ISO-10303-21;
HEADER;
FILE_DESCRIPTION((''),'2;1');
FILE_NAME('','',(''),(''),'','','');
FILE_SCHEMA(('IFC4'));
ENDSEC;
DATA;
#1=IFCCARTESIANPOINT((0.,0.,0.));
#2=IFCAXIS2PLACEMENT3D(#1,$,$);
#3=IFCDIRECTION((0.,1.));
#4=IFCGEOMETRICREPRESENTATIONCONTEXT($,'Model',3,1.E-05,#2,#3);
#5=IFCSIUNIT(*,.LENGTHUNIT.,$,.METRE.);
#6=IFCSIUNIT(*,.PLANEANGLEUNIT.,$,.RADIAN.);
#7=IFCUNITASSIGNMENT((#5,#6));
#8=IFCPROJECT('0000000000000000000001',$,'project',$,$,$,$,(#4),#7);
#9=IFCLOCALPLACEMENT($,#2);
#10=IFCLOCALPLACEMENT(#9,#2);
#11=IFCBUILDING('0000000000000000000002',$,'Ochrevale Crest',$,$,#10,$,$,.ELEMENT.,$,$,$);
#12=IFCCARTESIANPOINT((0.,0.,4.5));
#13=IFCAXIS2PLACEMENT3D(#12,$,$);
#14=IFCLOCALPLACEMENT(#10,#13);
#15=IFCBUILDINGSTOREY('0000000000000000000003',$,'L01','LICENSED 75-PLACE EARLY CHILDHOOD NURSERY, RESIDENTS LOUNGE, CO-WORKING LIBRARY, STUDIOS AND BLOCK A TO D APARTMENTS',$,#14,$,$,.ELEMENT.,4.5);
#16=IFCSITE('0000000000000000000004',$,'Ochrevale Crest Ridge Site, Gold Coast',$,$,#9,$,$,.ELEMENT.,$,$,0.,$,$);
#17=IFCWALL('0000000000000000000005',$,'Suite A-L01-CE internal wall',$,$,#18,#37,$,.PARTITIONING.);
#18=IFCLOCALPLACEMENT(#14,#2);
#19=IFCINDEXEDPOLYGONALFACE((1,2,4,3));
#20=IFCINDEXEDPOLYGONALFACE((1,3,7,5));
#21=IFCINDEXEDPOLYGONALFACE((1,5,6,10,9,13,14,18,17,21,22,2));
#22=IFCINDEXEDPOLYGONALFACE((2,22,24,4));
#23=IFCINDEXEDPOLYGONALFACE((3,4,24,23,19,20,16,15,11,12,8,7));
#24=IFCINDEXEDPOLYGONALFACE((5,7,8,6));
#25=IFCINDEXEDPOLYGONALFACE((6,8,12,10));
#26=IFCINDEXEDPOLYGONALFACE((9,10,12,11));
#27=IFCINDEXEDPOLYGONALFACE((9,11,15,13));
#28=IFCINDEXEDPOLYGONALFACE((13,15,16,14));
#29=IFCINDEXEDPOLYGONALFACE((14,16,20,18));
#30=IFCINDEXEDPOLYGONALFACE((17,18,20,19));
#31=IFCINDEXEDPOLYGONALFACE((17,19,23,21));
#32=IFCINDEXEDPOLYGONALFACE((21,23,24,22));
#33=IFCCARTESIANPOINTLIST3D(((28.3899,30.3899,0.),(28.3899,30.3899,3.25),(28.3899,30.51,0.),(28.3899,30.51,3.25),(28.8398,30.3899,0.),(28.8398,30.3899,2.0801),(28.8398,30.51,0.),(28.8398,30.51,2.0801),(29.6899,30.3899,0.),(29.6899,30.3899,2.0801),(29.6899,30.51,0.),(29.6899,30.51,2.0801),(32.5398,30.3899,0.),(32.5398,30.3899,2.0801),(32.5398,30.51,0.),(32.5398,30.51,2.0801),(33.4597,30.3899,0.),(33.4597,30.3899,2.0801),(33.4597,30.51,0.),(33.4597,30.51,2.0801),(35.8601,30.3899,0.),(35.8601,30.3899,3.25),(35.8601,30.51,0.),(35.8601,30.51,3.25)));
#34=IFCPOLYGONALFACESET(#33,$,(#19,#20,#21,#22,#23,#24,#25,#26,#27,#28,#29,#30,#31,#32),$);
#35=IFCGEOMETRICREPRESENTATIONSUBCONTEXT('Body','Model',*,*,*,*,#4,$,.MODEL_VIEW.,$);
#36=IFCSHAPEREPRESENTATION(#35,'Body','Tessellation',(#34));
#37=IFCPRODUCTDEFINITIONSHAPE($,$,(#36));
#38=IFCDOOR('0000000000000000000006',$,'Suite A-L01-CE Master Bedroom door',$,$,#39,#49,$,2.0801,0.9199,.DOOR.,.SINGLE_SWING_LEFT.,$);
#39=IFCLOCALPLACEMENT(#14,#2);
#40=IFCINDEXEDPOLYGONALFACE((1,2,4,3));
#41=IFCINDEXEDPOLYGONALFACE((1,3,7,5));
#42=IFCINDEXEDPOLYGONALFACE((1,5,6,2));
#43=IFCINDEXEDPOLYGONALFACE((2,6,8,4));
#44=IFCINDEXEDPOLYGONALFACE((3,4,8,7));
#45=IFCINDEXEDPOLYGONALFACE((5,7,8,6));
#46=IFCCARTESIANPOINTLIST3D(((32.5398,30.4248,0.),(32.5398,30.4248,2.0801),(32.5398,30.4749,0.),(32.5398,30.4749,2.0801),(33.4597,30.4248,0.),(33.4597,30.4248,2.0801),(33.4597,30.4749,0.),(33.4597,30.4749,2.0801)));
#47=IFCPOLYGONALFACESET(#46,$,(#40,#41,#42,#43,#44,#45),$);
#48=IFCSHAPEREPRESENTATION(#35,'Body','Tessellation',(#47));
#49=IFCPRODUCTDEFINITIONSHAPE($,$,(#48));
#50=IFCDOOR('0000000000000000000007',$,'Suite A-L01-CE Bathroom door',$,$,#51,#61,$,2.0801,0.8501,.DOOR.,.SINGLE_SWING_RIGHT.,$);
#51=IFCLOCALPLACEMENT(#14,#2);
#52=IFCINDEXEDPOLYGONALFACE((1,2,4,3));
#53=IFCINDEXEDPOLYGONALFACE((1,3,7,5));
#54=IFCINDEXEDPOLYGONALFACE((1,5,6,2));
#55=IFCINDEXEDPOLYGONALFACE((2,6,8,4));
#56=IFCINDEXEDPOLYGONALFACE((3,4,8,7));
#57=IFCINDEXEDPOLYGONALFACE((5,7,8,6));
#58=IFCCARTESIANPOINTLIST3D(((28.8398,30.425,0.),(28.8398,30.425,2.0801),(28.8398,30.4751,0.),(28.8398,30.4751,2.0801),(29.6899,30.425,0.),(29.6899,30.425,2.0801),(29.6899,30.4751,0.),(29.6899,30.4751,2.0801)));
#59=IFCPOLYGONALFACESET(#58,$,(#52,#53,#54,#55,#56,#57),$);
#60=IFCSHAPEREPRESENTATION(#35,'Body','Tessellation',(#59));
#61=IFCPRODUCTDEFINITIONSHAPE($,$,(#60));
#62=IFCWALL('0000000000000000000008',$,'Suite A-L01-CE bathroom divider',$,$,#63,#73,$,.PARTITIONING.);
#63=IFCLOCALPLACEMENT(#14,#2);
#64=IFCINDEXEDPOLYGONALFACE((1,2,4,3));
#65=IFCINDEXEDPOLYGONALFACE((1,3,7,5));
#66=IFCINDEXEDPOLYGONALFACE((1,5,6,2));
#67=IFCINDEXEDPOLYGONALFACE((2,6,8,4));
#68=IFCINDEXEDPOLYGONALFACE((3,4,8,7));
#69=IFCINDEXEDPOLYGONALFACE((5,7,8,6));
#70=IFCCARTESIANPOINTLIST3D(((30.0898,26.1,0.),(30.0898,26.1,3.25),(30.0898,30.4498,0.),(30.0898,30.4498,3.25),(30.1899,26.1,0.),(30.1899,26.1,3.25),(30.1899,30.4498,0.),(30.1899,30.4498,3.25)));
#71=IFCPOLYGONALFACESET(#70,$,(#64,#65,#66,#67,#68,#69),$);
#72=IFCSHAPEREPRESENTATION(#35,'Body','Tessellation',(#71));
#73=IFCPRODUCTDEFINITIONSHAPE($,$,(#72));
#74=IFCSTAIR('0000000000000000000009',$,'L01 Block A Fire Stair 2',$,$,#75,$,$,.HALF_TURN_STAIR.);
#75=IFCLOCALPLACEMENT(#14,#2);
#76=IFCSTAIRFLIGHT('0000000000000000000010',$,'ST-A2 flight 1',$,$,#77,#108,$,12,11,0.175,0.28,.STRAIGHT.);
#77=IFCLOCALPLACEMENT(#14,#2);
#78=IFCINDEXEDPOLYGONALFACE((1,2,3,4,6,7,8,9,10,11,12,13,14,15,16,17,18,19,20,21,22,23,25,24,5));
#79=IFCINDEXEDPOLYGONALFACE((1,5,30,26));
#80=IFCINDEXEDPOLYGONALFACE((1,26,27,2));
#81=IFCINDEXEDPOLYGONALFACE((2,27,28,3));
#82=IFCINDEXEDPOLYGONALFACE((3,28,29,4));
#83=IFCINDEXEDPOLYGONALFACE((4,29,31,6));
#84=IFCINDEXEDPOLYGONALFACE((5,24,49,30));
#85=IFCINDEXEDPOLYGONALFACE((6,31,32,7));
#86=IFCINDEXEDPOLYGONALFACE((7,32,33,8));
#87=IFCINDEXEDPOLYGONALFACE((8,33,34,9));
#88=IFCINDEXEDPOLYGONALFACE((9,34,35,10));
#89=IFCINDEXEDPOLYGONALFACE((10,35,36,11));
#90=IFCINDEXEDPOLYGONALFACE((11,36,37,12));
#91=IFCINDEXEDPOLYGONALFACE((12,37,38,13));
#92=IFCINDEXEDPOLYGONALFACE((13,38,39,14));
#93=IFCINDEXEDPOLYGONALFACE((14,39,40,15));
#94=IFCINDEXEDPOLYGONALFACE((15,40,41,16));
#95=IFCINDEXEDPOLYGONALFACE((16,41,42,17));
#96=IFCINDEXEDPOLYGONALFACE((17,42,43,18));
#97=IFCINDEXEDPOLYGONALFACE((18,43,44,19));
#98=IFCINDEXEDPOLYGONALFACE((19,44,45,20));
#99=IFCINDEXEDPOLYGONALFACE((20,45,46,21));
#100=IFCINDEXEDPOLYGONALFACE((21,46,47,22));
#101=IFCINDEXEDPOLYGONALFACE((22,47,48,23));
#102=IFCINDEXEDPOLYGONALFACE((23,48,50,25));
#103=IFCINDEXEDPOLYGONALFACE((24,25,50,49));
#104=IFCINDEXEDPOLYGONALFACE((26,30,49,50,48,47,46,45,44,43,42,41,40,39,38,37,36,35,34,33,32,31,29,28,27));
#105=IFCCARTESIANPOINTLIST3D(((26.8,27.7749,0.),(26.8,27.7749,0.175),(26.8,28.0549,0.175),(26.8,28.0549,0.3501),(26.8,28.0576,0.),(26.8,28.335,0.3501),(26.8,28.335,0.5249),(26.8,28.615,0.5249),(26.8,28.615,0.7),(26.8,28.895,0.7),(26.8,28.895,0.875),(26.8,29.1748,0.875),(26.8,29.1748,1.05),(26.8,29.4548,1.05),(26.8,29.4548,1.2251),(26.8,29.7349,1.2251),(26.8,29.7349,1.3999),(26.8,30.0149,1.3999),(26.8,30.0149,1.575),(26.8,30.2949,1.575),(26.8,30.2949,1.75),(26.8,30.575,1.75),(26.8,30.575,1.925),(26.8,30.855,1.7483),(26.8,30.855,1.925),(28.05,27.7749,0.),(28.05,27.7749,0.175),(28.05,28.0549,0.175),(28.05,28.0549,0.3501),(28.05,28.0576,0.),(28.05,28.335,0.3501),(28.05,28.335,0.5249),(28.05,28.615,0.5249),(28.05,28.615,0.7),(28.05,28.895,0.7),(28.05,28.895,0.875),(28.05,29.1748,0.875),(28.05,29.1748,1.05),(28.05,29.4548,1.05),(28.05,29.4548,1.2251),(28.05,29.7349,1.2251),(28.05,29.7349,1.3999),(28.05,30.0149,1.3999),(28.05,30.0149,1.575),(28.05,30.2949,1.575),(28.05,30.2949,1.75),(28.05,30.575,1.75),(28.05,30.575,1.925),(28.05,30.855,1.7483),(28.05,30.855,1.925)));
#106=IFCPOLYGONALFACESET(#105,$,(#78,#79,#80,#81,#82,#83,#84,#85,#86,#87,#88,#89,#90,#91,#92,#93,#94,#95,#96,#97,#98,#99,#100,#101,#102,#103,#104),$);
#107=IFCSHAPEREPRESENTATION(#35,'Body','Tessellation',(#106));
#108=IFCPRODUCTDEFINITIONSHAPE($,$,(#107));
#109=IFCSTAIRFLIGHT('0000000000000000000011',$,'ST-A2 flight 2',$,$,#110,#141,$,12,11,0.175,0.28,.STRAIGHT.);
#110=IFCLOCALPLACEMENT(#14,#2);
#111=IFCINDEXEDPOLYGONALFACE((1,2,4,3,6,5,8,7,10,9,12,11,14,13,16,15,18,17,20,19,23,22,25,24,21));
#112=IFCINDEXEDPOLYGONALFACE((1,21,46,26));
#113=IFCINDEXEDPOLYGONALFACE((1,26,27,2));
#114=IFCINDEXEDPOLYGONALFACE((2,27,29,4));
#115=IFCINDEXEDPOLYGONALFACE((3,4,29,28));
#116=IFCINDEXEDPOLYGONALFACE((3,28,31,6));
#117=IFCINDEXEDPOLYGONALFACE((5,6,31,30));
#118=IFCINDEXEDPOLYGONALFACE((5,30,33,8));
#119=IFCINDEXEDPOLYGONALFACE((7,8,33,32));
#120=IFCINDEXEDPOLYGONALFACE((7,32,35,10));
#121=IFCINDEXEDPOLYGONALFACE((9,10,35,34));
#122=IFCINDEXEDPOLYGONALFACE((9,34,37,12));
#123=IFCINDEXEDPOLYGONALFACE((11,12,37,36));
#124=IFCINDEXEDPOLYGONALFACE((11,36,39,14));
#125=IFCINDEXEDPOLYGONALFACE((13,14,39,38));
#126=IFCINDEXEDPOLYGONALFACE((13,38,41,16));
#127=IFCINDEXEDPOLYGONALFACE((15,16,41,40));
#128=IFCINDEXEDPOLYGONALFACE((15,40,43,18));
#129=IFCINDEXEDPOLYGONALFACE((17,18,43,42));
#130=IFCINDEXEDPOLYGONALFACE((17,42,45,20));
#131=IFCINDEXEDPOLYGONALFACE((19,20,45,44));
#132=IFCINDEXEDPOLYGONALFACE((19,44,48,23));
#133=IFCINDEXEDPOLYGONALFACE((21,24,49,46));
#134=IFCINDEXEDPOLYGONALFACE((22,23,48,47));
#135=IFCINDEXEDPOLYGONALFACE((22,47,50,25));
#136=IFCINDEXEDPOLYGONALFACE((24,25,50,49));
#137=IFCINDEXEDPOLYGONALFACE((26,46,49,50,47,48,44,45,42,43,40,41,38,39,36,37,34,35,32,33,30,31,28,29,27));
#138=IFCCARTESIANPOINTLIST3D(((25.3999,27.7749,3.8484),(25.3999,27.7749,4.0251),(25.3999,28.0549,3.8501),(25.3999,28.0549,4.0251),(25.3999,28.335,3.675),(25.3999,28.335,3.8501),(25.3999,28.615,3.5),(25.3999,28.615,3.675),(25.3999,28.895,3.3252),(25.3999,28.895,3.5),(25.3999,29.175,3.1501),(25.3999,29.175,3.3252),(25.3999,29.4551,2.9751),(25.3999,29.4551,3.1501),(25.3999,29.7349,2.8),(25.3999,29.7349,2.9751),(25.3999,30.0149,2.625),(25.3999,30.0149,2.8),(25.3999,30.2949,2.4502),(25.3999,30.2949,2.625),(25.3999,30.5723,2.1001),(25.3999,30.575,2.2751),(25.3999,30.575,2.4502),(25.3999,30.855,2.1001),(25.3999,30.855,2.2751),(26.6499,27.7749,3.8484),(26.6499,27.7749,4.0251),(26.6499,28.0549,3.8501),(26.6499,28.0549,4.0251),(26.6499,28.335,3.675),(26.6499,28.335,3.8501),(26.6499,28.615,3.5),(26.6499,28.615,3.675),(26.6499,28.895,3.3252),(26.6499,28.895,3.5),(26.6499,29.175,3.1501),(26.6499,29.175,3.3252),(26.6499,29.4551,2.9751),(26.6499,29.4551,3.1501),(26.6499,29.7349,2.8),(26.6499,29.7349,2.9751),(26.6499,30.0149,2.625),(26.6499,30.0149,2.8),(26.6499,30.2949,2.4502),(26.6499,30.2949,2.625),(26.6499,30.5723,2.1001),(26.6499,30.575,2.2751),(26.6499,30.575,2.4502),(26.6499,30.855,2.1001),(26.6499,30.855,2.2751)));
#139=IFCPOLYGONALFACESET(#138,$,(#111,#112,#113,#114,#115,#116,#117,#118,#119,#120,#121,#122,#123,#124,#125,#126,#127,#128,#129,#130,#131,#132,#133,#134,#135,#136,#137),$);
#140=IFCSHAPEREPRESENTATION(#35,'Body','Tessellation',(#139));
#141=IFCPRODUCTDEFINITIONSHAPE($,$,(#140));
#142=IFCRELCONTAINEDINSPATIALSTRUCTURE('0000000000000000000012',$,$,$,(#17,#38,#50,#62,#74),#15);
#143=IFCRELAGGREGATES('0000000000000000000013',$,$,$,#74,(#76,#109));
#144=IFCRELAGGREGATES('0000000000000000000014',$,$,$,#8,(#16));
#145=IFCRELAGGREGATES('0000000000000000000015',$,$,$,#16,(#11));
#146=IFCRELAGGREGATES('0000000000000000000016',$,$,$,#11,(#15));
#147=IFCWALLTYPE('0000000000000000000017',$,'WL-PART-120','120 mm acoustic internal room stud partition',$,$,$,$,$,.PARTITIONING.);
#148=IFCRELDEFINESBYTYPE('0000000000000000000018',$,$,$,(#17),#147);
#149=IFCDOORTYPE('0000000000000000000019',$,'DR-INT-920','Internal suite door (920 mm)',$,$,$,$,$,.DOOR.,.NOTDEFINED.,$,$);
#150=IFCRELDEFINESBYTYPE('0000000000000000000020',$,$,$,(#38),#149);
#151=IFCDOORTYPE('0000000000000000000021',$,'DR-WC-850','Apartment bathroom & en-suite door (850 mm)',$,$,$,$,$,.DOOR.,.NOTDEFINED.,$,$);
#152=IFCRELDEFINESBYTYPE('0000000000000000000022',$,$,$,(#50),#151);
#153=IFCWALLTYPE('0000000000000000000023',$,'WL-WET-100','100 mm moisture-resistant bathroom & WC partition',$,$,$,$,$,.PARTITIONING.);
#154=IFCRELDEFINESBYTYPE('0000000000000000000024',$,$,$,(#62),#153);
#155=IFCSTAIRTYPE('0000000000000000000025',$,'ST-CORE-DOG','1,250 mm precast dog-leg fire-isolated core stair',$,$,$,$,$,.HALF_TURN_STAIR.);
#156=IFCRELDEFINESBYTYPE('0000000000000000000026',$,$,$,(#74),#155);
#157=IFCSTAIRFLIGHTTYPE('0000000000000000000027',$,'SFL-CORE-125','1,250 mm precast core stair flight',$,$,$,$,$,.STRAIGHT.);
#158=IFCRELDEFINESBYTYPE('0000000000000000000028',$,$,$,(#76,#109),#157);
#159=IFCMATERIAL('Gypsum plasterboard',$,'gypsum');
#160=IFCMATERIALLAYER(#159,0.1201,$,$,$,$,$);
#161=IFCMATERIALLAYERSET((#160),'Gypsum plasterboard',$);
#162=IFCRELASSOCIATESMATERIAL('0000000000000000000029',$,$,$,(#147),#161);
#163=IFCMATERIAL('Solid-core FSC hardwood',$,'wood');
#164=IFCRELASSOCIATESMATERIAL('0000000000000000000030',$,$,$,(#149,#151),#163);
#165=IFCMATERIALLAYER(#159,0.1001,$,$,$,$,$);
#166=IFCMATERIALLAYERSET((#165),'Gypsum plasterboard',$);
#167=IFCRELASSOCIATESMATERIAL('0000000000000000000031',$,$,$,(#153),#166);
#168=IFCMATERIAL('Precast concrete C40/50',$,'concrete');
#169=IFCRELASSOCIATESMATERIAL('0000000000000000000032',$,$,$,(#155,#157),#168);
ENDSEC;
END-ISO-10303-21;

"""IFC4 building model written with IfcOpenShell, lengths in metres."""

from ifc_helpers import new_model, si_unit, direction, frame, frame_2d, origin, place, context, subcontext, project, spatial, polyline, rectangle, outline, extrude, material, layer, layer_set, type_object, element, fill, aggregate, save


model = new_model("IFC4")

# Units and contexts
model_context = context("Model", 3, precision=1e-05, world=origin(), true_north=direction((0.0, 1.0)))
body_context = subcontext(model_context, "Body", "Model", "MODEL_VIEW")
ifc_project = project(units=[si_unit("LENGTHUNIT", "METRE"), si_unit("PLANEANGLEUNIT", "RADIAN")], contexts=[model_context])

# Site, building, storey
site_placement = place(None, origin())
site = spatial("IfcSite", under=ifc_project, at=site_placement, Name="Ochrevale Crest Ridge Site, Gold Coast", CompositionType="ELEMENT", RefElevation=0.0)
building_placement = place(site_placement, origin())
building = spatial("IfcBuilding", under=site, at=building_placement, Name="Ochrevale Crest", CompositionType="ELEMENT")
storey_placement = place(building_placement, frame((0.0, 0.0, 4.5)))
storey = spatial("IfcBuildingStorey", under=building, at=storey_placement, Name="L01", Description="LICENSED 75-PLACE EARLY CHILDHOOD NURSERY, RESIDENTS LOUNGE, CO-WORKING LIBRARY, STUDIOS AND BLOCK A TO D APARTMENTS", CompositionType="ELEMENT", Elevation=4.5)

# Shared definitions
ifc_material_1 = material(Name="Gypsum plasterboard", Category="gypsum")
ifc_material_2 = material(Name="Solid-core FSC hardwood", Category="wood")

# Wall, openings, doors
ifc_layer_1 = layer(ifc_material_1, 0.1201)
ifc_layer_set_1 = layer_set([ifc_layer_1], Name="Gypsum plasterboard")
wall_type_1 = type_object("IfcWallType", Name="WL-PART-120", Description="120 mm acoustic internal room stud partition", PredefinedType="PARTITIONING", material=ifc_layer_set_1)
wall_1_placement = place(storey_placement, frame((28.3899, 30.45, 0.0), z_axis=(0.0, 0.0, 1.0), x_axis=(1.0, 0.0, 0.0)))
wall_1 = element("IfcWall", 1, at=wall_1_placement, inside=storey, type_object=wall_type_1, Name="Suite A-L01-CE internal wall", PredefinedType="PARTITIONING", context=body_context, shape_type="SweptSolid", body=[
    extrude(rectangle(XDim=7.4702, YDim=0.1201, at=frame_2d((3.7351, 0.0))), origin(), (0.0, 0.0, 1.0), 3.25),
])
opening_1_placement = place(wall_1_placement, frame((1.3, 0.0, 0.0), z_axis=(0.0, 0.0, 1.0), x_axis=(-1.0, 0.0, 0.0)))
opening_1 = element("IfcOpeningElement", 2, at=opening_1_placement, cuts=wall_1, PredefinedType="OPENING", context=body_context, shape_type="SweptSolid", body=[
    extrude(rectangle(XDim=0.8501, YDim=2.0801, at=frame_2d((0.425, 1.04))), frame((0.0, 0.0701, 0.0), z_axis=(0.0, -1.0, 0.0), x_axis=(1.0, 0.0, 0.0)), (0.0, 0.0, 1.0), 0.1401),
])
opening_2_placement = place(wall_1_placement, frame((4.1499, 0.0, 0.0)))
opening_2 = element("IfcOpeningElement", 3, at=opening_2_placement, cuts=wall_1, PredefinedType="OPENING", context=body_context, shape_type="SweptSolid", body=[
    extrude(rectangle(XDim=0.9199, YDim=2.0801, at=frame_2d((0.46, 1.04))), frame((0.0, 0.0701, 0.0), z_axis=(0.0, -1.0, 0.0), x_axis=(1.0, 0.0, 0.0)), (0.0, 0.0, 1.0), 0.1401),
])
door_type_1 = type_object("IfcDoorType", Name="DR-INT-920", Description="Internal suite door (920 mm)", OperationType="NOTDEFINED", PredefinedType="DOOR", material=ifc_material_2)
door_1_placement = place(opening_2_placement, origin())
door_1 = element("IfcDoor", 4, at=door_1_placement, inside=storey, type_object=door_type_1, Name="Suite A-L01-CE Master Bedroom door", OperationType="SINGLE_SWING_LEFT", OverallHeight=2.0801, OverallWidth=0.9199, PredefinedType="DOOR", context=body_context, shape_type="SweptSolid", body=[
    extrude(rectangle(XDim=0.9199, YDim=2.0801, at=frame_2d((0.46, 1.04))), frame((0.0, 0.0249, 0.0), z_axis=(0.0, -1.0, 0.0), x_axis=(1.0, 0.0, 0.0)), (0.0, 0.0, 1.0), 0.05),
])
fill(opening_2, door_1)
door_type_2 = type_object("IfcDoorType", Name="DR-WC-850", Description="Apartment bathroom & en-suite door (850 mm)", OperationType="NOTDEFINED", PredefinedType="DOOR", material=ifc_material_2)
door_2_placement = place(opening_1_placement, origin())
door_2 = element("IfcDoor", 5, at=door_2_placement, inside=storey, type_object=door_type_2, Name="Suite A-L01-CE Bathroom door", OperationType="SINGLE_SWING_RIGHT", OverallHeight=2.0801, OverallWidth=0.8501, PredefinedType="DOOR", context=body_context, shape_type="SweptSolid", body=[
    extrude(rectangle(XDim=0.8501, YDim=2.0801, at=frame_2d((0.425, 1.04))), frame((0.0, 0.0249, 0.0), z_axis=(0.0, -1.0, 0.0), x_axis=(1.0, 0.0, 0.0)), (0.0, 0.0, 1.0), 0.05),
])
fill(opening_1, door_2)

# Wall
ifc_layer_2 = layer(ifc_material_1, 0.1001)
ifc_layer_set_2 = layer_set([ifc_layer_2], Name="Gypsum plasterboard")
wall_type_2 = type_object("IfcWallType", Name="WL-WET-100", Description="100 mm moisture-resistant bathroom & WC partition", PredefinedType="PARTITIONING", material=ifc_layer_set_2)
wall_2_placement = place(storey_placement, frame((30.1399, 26.1001, 0.0), z_axis=(0.0, 0.0, 1.0), x_axis=(0.0, 1.0, 0.0)))
element("IfcWall", 6, at=wall_2_placement, inside=storey, type_object=wall_type_2, Name="Suite A-L01-CE bathroom divider", PredefinedType="PARTITIONING", context=body_context, shape_type="SweptSolid", body=[
    extrude(rectangle(XDim=4.3499, YDim=0.1001, at=frame_2d((2.1748, 0.0))), origin(), (0.0, 0.0, 1.0), 3.25),
])

# Stair, stair flights
ifc_material_3 = material(Name="Precast concrete C40/50", Category="concrete")
stair_type = type_object("IfcStairType", Name="ST-CORE-DOG", Description="1,250 mm precast dog-leg fire-isolated core stair", PredefinedType="HALF_TURN_STAIR", material=ifc_material_3)
stair_placement = place(storey_placement, origin())
stair = element("IfcStair", 7, at=stair_placement, inside=storey, type_object=stair_type, Name="L01 Block A Fire Stair 2", PredefinedType="HALF_TURN_STAIR")
stair_flight_type = type_object("IfcStairFlightType", Name="SFL-CORE-125", Description="1,250 mm precast core stair flight", PredefinedType="STRAIGHT", material=ifc_material_3)
stair_flight_1_placement = place(storey_placement, frame((27.425, 27.7749, 0.0), z_axis=(0.0, 0.0, 1.0), x_axis=(0.0, 1.0, 0.0)))
stair_flight_1 = element("IfcStairFlight", 8, at=stair_flight_1_placement, type_object=stair_flight_type, Name="ST-A2 flight 1", NumberOfRisers=12, NumberOfTreads=11, PredefinedType="STRAIGHT", RiserHeight=0.175, TreadLength=0.28, context=body_context, shape_type="SweptSolid", body=[
    extrude(outline(polyline([(0.0, 0.0), (0.0, 0.175), (0.28, 0.175), (0.28, 0.3501), (0.5601, 0.3501), (0.5601, 0.5249), (0.8401, 0.5249), (0.8401, 0.7), (1.1201, 0.7), (1.1201, 0.875), (1.3999, 0.875), (1.3999, 1.05), (1.6799, 1.05), (1.6799, 1.2251), (1.96, 1.2251), (1.96, 1.3999), (2.24, 1.3999), (2.24, 1.575), (2.52, 1.575), (2.52, 1.75), (2.8, 1.75), (2.8, 1.925), (3.0801, 1.925), (3.0801, 2.1001), (3.0801, 1.7483), (0.2827, 0.0), (0.0, 0.0)])), frame((0.0, 0.625, 0.0), z_axis=(0.0, -1.0, 0.0), x_axis=(1.0, 0.0, 0.0)), (0.0, 0.0, 1.0), 1.25),
])
stair_flight_2_placement = place(storey_placement, frame((26.0249, 30.855, 2.1001), z_axis=(0.0, 0.0, 1.0), x_axis=(0.0, -1.0, 0.0)))
stair_flight_2 = element("IfcStairFlight", 9, at=stair_flight_2_placement, type_object=stair_flight_type, Name="ST-A2 flight 2", NumberOfRisers=12, NumberOfTreads=11, PredefinedType="STRAIGHT", RiserHeight=0.175, TreadLength=0.28, context=body_context, shape_type="SweptSolid", body=[
    extrude(outline(polyline([(0.0, 0.0), (0.0, 0.175), (0.28, 0.175), (0.28, 0.3501), (0.5601, 0.3501), (0.5601, 0.5249), (0.8401, 0.5249), (0.8401, 0.7), (1.1201, 0.7), (1.1201, 0.875), (1.3999, 0.875), (1.3999, 1.05), (1.6799, 1.05), (1.6799, 1.2251), (1.96, 1.2251), (1.96, 1.3999), (2.24, 1.3999), (2.24, 1.575), (2.52, 1.575), (2.52, 1.75), (2.8, 1.75), (2.8, 1.925), (3.0801, 1.925), (3.0801, 2.1001), (3.0801, 1.7483), (0.2827, 0.0), (0.0, 0.0)])), frame((0.0, 0.625, 0.0), z_axis=(0.0, -1.0, 0.0), x_axis=(1.0, 0.0, 0.0)), (0.0, 0.0, 1.0), 1.25),
])
aggregate(stair, [stair_flight_1, stair_flight_2])

save(model, "model.ifc")
